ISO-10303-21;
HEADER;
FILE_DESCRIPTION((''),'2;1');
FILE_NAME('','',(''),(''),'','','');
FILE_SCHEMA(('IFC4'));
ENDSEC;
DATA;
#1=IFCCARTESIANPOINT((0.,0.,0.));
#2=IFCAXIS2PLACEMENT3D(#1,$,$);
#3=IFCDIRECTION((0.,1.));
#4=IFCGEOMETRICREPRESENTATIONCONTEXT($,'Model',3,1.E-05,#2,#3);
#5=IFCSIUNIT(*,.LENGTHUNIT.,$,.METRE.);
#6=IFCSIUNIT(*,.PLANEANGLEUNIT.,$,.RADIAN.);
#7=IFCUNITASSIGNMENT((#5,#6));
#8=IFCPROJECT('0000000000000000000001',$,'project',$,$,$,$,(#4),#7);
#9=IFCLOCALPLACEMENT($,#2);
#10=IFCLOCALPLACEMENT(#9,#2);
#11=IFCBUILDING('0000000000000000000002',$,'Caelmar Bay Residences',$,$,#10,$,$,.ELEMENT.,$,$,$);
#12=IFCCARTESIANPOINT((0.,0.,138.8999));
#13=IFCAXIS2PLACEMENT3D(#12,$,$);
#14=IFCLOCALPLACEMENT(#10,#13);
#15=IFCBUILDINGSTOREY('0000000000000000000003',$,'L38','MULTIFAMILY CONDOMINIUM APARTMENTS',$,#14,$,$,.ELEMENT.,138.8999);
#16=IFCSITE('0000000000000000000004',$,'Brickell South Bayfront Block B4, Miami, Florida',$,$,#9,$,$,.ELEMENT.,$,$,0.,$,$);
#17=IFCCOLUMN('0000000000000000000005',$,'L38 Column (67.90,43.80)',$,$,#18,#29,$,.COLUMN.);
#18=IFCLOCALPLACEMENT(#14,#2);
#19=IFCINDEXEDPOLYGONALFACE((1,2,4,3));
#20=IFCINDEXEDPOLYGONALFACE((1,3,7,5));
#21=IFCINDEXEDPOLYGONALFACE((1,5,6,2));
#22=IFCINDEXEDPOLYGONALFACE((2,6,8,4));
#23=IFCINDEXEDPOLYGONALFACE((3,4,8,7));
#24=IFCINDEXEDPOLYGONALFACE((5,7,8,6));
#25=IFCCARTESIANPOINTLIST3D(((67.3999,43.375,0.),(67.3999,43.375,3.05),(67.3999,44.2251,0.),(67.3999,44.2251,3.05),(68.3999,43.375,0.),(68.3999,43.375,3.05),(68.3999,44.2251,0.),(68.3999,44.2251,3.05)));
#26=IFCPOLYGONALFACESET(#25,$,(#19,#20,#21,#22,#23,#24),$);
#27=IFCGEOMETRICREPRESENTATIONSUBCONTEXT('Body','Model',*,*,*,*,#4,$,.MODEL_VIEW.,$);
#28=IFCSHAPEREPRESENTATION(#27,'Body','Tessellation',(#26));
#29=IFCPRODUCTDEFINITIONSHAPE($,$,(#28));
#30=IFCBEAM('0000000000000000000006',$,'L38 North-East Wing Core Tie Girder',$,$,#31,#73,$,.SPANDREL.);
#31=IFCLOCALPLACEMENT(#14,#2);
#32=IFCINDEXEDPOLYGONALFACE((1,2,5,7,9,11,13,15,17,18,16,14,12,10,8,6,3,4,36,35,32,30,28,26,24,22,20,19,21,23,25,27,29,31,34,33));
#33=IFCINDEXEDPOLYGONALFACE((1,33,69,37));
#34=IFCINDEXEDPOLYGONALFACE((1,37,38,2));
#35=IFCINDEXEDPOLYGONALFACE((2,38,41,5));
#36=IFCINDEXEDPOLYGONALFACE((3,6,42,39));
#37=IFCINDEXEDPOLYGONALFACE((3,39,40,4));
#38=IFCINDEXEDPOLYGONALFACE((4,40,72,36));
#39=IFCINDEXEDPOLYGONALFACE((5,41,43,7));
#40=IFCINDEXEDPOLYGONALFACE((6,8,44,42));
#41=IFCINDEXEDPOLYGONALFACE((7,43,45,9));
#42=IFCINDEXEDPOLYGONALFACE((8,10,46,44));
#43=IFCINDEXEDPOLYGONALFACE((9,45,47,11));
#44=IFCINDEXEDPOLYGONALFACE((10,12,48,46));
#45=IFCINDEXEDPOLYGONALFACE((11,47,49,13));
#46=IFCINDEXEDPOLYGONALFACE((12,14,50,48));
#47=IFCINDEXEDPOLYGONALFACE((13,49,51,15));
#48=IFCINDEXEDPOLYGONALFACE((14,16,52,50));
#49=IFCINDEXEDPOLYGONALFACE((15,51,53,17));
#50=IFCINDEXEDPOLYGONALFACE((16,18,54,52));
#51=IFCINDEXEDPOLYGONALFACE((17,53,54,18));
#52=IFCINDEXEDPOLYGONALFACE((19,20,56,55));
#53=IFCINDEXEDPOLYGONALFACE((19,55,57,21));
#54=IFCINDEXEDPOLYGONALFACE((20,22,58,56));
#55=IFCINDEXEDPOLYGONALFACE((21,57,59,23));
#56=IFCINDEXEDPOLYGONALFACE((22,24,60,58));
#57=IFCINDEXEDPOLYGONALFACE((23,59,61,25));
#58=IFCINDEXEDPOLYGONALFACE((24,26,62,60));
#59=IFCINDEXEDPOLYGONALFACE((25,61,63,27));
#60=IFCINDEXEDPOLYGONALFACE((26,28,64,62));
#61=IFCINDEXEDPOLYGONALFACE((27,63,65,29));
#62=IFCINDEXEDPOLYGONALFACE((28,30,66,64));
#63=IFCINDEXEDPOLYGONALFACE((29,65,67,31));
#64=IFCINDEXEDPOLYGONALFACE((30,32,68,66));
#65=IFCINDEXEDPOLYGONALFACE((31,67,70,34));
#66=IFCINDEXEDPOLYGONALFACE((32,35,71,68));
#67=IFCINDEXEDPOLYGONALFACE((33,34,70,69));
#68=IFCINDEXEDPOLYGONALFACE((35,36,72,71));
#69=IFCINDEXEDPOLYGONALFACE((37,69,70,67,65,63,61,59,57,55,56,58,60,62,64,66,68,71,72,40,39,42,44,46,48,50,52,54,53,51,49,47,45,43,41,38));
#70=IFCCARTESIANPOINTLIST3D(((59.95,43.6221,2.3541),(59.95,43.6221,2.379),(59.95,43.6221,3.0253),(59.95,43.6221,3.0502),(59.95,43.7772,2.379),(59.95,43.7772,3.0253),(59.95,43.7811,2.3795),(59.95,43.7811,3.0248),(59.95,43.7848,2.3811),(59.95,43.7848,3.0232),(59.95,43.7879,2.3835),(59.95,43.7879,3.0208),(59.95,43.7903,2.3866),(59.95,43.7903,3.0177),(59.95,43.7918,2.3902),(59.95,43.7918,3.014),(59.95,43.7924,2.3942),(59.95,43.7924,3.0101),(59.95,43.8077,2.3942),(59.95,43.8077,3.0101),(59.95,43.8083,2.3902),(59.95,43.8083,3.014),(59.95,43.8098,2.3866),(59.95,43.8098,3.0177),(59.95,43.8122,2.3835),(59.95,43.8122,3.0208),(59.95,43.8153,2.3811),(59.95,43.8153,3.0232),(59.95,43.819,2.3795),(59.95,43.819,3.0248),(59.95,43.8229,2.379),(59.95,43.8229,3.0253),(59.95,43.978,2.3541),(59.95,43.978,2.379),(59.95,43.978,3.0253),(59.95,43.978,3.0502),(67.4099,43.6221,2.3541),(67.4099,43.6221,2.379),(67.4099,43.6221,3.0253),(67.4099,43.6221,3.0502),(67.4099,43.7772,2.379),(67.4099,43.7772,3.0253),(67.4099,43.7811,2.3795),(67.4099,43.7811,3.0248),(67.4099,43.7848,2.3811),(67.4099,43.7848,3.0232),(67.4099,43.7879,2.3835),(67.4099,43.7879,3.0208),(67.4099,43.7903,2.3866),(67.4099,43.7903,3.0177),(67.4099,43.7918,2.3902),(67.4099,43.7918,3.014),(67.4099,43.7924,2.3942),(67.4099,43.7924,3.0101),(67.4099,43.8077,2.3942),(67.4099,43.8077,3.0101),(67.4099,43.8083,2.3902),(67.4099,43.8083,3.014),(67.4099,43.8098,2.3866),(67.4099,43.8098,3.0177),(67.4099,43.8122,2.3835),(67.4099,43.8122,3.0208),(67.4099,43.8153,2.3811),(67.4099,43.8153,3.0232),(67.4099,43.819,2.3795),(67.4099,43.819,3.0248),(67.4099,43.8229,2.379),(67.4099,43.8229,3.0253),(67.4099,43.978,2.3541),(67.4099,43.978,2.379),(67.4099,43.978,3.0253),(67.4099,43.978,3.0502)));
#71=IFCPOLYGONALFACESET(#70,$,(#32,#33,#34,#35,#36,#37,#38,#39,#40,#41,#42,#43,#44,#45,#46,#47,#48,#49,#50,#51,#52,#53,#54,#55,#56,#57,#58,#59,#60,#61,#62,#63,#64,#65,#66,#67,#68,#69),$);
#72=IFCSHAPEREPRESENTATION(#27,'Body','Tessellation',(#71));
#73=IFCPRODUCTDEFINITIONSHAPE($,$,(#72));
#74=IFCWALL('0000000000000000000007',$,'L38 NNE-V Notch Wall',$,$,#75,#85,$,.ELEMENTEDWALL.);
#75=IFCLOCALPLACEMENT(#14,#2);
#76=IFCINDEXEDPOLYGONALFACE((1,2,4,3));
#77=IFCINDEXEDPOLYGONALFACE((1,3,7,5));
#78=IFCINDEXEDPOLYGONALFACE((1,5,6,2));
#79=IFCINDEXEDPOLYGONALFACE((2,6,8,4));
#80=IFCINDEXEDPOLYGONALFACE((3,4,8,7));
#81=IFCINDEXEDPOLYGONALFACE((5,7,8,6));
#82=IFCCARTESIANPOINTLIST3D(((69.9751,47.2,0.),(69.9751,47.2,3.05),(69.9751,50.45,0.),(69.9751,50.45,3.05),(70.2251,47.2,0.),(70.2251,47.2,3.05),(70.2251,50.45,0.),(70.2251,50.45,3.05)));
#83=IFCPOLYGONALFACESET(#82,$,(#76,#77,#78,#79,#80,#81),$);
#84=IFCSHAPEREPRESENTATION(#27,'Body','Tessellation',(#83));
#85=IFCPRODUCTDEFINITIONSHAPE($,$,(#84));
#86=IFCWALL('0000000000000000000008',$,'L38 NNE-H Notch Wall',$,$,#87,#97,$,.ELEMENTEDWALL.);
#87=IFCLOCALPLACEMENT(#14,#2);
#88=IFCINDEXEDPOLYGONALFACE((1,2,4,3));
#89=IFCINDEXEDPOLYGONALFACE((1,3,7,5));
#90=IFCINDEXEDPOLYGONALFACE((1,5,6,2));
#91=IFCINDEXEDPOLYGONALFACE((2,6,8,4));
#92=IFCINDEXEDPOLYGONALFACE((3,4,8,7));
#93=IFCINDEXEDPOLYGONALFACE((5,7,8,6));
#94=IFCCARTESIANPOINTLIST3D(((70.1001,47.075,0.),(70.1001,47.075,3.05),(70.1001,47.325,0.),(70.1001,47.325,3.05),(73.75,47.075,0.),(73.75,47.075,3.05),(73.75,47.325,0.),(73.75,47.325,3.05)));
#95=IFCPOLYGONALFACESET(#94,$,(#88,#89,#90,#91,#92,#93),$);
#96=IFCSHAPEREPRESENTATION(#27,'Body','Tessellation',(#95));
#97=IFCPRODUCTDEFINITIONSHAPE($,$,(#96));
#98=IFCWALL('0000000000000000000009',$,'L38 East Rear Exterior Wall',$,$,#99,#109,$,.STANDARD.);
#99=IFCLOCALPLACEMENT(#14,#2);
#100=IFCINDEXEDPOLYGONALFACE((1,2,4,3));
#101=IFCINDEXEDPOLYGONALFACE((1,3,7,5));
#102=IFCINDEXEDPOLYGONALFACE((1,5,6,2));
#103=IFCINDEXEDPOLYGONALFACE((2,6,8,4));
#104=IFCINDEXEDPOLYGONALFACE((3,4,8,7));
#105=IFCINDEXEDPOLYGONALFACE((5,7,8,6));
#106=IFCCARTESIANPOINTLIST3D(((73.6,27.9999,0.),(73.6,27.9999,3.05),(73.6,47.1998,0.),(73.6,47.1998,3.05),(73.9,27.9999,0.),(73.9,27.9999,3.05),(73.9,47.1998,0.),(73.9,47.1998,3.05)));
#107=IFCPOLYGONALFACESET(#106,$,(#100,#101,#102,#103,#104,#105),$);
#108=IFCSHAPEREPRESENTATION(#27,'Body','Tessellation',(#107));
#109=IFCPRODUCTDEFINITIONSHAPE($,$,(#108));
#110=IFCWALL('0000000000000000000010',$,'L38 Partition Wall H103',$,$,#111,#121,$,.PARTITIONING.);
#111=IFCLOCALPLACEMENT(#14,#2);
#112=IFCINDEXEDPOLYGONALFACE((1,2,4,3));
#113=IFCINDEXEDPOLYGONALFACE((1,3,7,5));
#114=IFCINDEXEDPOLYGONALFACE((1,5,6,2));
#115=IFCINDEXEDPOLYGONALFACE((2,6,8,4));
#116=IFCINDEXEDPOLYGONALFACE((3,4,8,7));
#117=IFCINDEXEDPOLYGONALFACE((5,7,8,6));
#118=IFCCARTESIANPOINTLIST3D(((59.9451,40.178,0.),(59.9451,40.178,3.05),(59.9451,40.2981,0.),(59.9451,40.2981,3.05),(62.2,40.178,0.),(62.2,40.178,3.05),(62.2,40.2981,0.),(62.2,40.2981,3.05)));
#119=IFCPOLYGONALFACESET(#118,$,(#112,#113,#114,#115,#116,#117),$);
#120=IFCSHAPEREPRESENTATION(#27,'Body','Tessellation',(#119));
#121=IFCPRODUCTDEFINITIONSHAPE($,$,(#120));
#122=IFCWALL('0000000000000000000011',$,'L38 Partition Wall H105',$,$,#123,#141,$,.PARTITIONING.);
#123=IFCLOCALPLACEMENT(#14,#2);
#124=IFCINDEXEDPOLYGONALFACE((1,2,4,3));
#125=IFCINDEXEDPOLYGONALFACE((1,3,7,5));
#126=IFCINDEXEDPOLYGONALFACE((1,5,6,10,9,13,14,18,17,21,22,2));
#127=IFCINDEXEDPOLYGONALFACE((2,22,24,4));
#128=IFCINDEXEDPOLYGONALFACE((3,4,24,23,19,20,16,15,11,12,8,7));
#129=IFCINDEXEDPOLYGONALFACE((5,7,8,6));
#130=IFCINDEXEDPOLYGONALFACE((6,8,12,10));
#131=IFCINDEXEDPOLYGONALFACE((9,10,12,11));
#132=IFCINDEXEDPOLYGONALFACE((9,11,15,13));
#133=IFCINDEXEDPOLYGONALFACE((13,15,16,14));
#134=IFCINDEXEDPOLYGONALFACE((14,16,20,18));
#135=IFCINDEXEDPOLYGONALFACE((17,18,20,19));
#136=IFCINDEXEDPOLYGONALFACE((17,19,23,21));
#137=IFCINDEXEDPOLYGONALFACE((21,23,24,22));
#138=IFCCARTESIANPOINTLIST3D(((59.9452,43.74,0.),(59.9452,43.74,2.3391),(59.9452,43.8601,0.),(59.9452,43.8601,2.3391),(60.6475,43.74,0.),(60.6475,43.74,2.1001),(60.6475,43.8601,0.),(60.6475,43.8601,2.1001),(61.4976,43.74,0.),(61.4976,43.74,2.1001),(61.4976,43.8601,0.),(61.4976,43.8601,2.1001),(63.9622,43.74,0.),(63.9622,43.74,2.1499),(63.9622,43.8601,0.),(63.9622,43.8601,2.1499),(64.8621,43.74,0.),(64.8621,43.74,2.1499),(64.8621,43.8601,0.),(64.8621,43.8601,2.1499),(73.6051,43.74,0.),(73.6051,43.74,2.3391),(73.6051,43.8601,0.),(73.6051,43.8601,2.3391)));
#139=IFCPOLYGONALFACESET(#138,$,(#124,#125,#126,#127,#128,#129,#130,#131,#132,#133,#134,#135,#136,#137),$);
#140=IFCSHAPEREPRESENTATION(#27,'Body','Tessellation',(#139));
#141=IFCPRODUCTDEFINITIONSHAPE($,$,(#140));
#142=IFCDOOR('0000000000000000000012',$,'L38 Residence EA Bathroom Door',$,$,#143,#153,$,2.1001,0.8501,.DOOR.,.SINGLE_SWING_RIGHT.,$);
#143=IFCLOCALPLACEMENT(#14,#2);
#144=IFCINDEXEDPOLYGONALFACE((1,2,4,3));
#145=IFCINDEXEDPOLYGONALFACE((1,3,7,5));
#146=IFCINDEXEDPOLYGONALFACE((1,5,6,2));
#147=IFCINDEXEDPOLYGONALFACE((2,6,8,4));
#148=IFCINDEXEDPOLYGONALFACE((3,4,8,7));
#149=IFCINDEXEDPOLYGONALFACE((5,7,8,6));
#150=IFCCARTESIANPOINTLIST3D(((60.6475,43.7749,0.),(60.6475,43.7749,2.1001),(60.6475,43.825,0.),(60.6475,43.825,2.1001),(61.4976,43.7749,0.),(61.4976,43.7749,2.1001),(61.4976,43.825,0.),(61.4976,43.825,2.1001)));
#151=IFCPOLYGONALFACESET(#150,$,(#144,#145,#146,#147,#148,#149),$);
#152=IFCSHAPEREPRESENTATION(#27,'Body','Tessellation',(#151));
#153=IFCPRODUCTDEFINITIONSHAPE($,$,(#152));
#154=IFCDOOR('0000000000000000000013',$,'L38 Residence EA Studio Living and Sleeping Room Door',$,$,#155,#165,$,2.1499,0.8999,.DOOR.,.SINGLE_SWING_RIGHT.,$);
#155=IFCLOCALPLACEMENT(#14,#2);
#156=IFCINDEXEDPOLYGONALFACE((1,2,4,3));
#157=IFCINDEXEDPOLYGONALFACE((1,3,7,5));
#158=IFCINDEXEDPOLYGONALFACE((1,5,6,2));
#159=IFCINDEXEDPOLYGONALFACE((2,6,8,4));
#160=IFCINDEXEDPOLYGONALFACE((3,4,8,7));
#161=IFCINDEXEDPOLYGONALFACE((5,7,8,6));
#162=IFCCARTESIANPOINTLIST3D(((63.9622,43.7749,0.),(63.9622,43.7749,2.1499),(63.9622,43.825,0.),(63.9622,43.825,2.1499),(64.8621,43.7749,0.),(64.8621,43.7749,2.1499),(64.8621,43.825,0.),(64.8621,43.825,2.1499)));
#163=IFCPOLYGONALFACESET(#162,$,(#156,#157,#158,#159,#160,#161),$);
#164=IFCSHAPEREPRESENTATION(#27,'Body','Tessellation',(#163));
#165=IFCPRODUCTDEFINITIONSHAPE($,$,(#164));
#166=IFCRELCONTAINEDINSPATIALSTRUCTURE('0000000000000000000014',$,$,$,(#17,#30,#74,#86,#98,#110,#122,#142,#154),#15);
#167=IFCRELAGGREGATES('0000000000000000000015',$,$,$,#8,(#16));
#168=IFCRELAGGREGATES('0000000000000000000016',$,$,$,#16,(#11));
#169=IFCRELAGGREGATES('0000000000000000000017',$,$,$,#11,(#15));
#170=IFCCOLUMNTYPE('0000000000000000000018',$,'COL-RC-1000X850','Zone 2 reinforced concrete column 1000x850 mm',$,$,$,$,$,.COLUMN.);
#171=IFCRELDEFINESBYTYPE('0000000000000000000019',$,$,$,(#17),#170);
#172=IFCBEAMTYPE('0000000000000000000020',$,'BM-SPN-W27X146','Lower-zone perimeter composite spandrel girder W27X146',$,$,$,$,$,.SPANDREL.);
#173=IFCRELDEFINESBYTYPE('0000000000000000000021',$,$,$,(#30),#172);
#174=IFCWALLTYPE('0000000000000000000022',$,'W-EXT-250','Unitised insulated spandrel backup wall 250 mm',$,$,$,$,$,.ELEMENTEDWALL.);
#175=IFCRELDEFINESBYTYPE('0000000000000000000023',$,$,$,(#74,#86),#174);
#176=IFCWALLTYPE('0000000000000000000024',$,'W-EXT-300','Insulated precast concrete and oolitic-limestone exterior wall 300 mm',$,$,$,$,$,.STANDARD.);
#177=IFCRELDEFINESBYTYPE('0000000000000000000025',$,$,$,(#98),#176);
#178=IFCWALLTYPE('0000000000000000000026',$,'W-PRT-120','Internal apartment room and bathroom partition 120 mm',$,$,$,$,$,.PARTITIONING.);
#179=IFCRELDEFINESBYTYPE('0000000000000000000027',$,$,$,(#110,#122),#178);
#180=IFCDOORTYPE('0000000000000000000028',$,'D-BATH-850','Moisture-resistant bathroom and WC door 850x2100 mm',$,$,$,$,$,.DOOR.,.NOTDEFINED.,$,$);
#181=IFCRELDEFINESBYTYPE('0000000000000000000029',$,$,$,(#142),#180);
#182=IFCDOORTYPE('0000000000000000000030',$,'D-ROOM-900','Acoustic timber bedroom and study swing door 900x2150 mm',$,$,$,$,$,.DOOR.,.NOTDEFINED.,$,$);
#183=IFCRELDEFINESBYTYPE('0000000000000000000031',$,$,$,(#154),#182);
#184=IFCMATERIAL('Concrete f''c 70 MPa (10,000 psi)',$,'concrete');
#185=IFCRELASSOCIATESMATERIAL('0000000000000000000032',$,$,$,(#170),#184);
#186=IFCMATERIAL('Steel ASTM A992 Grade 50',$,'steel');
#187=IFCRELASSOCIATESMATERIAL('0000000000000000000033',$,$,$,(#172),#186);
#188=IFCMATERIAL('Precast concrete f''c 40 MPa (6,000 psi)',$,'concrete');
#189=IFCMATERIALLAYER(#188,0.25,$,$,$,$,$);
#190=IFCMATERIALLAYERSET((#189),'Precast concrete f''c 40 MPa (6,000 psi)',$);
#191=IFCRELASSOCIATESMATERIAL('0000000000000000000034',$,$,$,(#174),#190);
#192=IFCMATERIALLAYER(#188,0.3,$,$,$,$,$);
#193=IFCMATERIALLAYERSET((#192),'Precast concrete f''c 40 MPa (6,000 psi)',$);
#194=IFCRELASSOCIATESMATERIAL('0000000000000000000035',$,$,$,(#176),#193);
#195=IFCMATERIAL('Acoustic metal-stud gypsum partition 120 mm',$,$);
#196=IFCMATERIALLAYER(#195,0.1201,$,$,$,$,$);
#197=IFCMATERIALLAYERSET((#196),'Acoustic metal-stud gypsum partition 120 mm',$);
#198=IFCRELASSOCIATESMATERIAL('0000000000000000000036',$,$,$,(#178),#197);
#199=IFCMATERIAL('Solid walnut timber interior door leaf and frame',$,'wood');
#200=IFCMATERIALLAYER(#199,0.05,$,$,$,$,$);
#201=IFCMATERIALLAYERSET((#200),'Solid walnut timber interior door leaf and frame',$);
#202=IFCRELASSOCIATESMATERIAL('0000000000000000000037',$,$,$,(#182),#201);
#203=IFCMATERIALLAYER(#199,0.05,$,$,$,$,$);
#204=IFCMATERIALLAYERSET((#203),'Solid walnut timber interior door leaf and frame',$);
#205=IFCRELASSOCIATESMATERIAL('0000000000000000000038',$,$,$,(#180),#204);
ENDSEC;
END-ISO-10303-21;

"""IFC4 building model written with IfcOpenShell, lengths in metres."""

from ifc_helpers import new_model, si_unit, direction, frame, frame_2d, origin, origin_2d, place, context, subcontext, project, spatial, rectangle, i_section, extrude, material, layer, layer_set, material_profile, profile_set, type_object, element, fill, save


model = new_model("IFC4")

# Units and contexts
model_context = context("Model", 3, precision=1e-05, world=origin(), true_north=direction((0.0, 1.0)))
body_context = subcontext(model_context, "Body", "Model", "MODEL_VIEW")
ifc_project = project(units=[si_unit("LENGTHUNIT", "METRE"), si_unit("PLANEANGLEUNIT", "RADIAN")], contexts=[model_context])

# Site, building, storey
site_placement = place(None, origin())
site = spatial("IfcSite", under=ifc_project, at=site_placement, Name="Brickell South Bayfront Block B4, Miami, Florida", CompositionType="ELEMENT", RefElevation=0.0)
building_placement = place(site_placement, origin())
building = spatial("IfcBuilding", under=site, at=building_placement, Name="Caelmar Bay Residences", CompositionType="ELEMENT")
storey_placement = place(building_placement, frame((0.0, 0.0, 138.8999)))
storey = spatial("IfcBuildingStorey", under=building, at=storey_placement, Name="L38", Description="MULTIFAMILY CONDOMINIUM APARTMENTS", CompositionType="ELEMENT", Elevation=138.8999)

# Column
ifc_material_1 = material(Name="Concrete f'c 70 MPa (10,000 psi)", Category="concrete")
ifc_material_profile_1 = material_profile(ifc_material_1, rectangle(XDim=1.0, YDim=0.8501, at=origin_2d()), Name="RC-COL-1000X850")
ifc_profile_set_1 = profile_set([ifc_material_profile_1], Name="Concrete f'c 70 MPa (10,000 psi)")
column_type = type_object("IfcColumnType", Name="COL-RC-1000X850", Description="Zone 2 reinforced concrete column 1000x850 mm", PredefinedType="COLUMN", material=ifc_profile_set_1)
column_placement = place(storey_placement, frame((67.8999, 43.8, 0.0), z_axis=(0.0, 0.0, 1.0), x_axis=(1.0, 0.0, 0.0)))
element("IfcColumn", 1, at=column_placement, inside=storey, type_object=column_type, Name="L38 Column (67.90,43.80)", PredefinedType="COLUMN", context=body_context, shape_type="SweptSolid", body=[
    extrude(rectangle(XDim=1.0, YDim=0.8501, at=origin_2d()), origin(), (0.0, 0.0, 1.0), 3.05),
])

# Beam
ifc_material_2 = material(Name="Steel ASTM A992 Grade 50", Category="steel")
ifc_material_profile_2 = material_profile(ifc_material_2, i_section(OverallWidth=0.356, OverallDepth=0.696, WebThickness=0.0154, FlangeThickness=0.0249, FilletRadius=0.0151, at=origin_2d()), Name="W27X146")
ifc_profile_set_2 = profile_set([ifc_material_profile_2], Name="Steel ASTM A992 Grade 50")
beam_type = type_object("IfcBeamType", Name="BM-SPN-W27X146", Description="Lower-zone perimeter composite spandrel girder W27X146", PredefinedType="SPANDREL", material=ifc_profile_set_2)
beam_placement = place(storey_placement, frame((59.95, 43.8, 2.7021), z_axis=(1.0, 0.0, 0.0), x_axis=(0.0, 1.0, 0.0)))
element("IfcBeam", 2, at=beam_placement, inside=storey, type_object=beam_type, Name="L38 North-East Wing Core Tie Girder", PredefinedType="SPANDREL", context=body_context, shape_type="SweptSolid", body=[
    extrude(i_section(OverallWidth=0.356, OverallDepth=0.696, WebThickness=0.0154, FlangeThickness=0.0249, FilletRadius=0.0151, at=origin_2d()), origin(), (0.0, 0.0, 1.0), 7.46),
])

# Walls
ifc_material_3 = material(Name="Precast concrete f'c 40 MPa (6,000 psi)", Category="concrete")
ifc_layer_1 = layer(ifc_material_3, 0.25)
ifc_layer_set_1 = layer_set([ifc_layer_1], Name="Precast concrete f'c 40 MPa (6,000 psi)")
wall_type_1 = type_object("IfcWallType", Name="W-EXT-250", Description="Unitised insulated spandrel backup wall 250 mm", PredefinedType="ELEMENTEDWALL", material=ifc_layer_set_1)
wall_1_placement = place(storey_placement, frame((70.1001, 50.45, 0.0), z_axis=(0.0, 0.0, 1.0), x_axis=(0.0, -1.0, 0.0)))
element("IfcWall", 3, at=wall_1_placement, inside=storey, type_object=wall_type_1, Name="L38 NNE-V Notch Wall", PredefinedType="ELEMENTEDWALL", context=body_context, shape_type="SweptSolid", body=[
    extrude(rectangle(XDim=3.25, YDim=0.25, at=frame_2d((1.625, 0.0))), origin(), (0.0, 0.0, 1.0), 3.05),
])
wall_2_placement = place(storey_placement, frame((70.1001, 47.2, 0.0), z_axis=(0.0, 0.0, 1.0), x_axis=(1.0, 0.0, 0.0)))
element("IfcWall", 4, at=wall_2_placement, inside=storey, type_object=wall_type_1, Name="L38 NNE-H Notch Wall", PredefinedType="ELEMENTEDWALL", context=body_context, shape_type="SweptSolid", body=[
    extrude(rectangle(XDim=3.6499, YDim=0.25, at=frame_2d((1.825, 0.0))), origin(), (0.0, 0.0, 1.0), 3.05),
])
ifc_layer_2 = layer(ifc_material_3, 0.3)
ifc_layer_set_2 = layer_set([ifc_layer_2], Name="Precast concrete f'c 40 MPa (6,000 psi)")
wall_type_2 = type_object("IfcWallType", Name="W-EXT-300", Description="Insulated precast concrete and oolitic-limestone exterior wall 300 mm", PredefinedType="STANDARD", material=ifc_layer_set_2)
wall_3_placement = place(storey_placement, frame((73.75, 47.2, 0.0), z_axis=(0.0, 0.0, 1.0), x_axis=(0.0, -1.0, 0.0)))
element("IfcWall", 5, at=wall_3_placement, inside=storey, type_object=wall_type_2, Name="L38 East Rear Exterior Wall", PredefinedType="STANDARD", context=body_context, shape_type="SweptSolid", body=[
    extrude(rectangle(XDim=19.2, YDim=0.3, at=frame_2d((9.6001, 0.0))), origin(), (0.0, 0.0, 1.0), 3.05),
])

# Shared definitions
ifc_material_4 = material(Name="Acoustic metal-stud gypsum partition 120 mm")
ifc_layer_3 = layer(ifc_material_4, 0.1201)
ifc_layer_set_3 = layer_set([ifc_layer_3], Name="Acoustic metal-stud gypsum partition 120 mm")
wall_type_3 = type_object("IfcWallType", Name="W-PRT-120", Description="Internal apartment room and bathroom partition 120 mm", PredefinedType="PARTITIONING", material=ifc_layer_set_3)
ifc_material_5 = material(Name="Solid walnut timber interior door leaf and frame", Category="wood")
ifc_layer_4 = layer(ifc_material_5, 0.05)
ifc_layer_set_4 = layer_set([ifc_layer_4], Name="Solid walnut timber interior door leaf and frame")
door_type_1 = type_object("IfcDoorType", Name="D-ROOM-900", Description="Acoustic timber bedroom and study swing door 900x2150 mm", OperationType="NOTDEFINED", PredefinedType="DOOR", material=ifc_layer_set_4)

# Wall
wall_4_placement = place(storey_placement, frame((59.9451, 40.238, 0.0), z_axis=(0.0, 0.0, 1.0), x_axis=(1.0, 0.0, 0.0)))
element("IfcWall", 6, at=wall_4_placement, inside=storey, type_object=wall_type_3, Name="L38 Partition Wall H103", PredefinedType="PARTITIONING", context=body_context, shape_type="SweptSolid", body=[
    extrude(rectangle(XDim=2.2549, YDim=0.1201, at=frame_2d((1.1274, 0.0))), origin(), (0.0, 0.0, 1.0), 3.05),
])

# Wall, openings, doors
wall_5_placement = place(storey_placement, frame((59.9451, 43.8, 0.0), z_axis=(0.0, 0.0, 1.0), x_axis=(1.0, 0.0, 0.0)))
wall_5 = element("IfcWall", 7, at=wall_5_placement, inside=storey, type_object=wall_type_3, Name="L38 Partition Wall H105", PredefinedType="PARTITIONING", context=body_context, shape_type="SweptSolid", body=[
    extrude(rectangle(XDim=13.6599, YDim=0.1201, at=frame_2d((6.8301, 0.0))), origin(), (0.0, 0.0, 1.0), 2.3391),
])
opening_1_placement = place(wall_5_placement, frame((4.0171, 0.0, 0.0)))
opening_1 = element("IfcOpeningElement", 8, at=opening_1_placement, cuts=wall_5, PredefinedType="OPENING", context=body_context, shape_type="SweptSolid", body=[
    extrude(rectangle(XDim=0.8999, YDim=2.1499, at=frame_2d((0.45, 1.075))), frame((0.0, 0.0701, 0.0), z_axis=(0.0, -1.0, 0.0), x_axis=(1.0, 0.0, 0.0)), (0.0, 0.0, 1.0), 0.1401),
])
opening_2_placement = place(wall_5_placement, frame((0.7024, 0.0, 0.0)))
opening_2 = element("IfcOpeningElement", 9, at=opening_2_placement, cuts=wall_5, PredefinedType="OPENING", context=body_context, shape_type="SweptSolid", body=[
    extrude(rectangle(XDim=0.8501, YDim=2.1001, at=frame_2d((0.425, 1.05))), frame((0.0, 0.0701, 0.0), z_axis=(0.0, -1.0, 0.0), x_axis=(1.0, 0.0, 0.0)), (0.0, 0.0, 1.0), 0.1401),
])
ifc_layer_5 = layer(ifc_material_5, 0.05)
ifc_layer_set_5 = layer_set([ifc_layer_5], Name="Solid walnut timber interior door leaf and frame")
door_type_2 = type_object("IfcDoorType", Name="D-BATH-850", Description="Moisture-resistant bathroom and WC door 850x2100 mm", OperationType="NOTDEFINED", PredefinedType="DOOR", material=ifc_layer_set_5)
door_1_placement = place(opening_2_placement, origin())
door_1 = element("IfcDoor", 10, at=door_1_placement, inside=storey, type_object=door_type_2, Name="L38 Residence EA Bathroom Door", OperationType="SINGLE_SWING_RIGHT", OverallHeight=2.1001, OverallWidth=0.8501, PredefinedType="DOOR", context=body_context, shape_type="SweptSolid", body=[
    extrude(rectangle(XDim=0.8501, YDim=2.1001, at=frame_2d((0.425, 1.05))), frame((0.0, 0.0249, 0.0), z_axis=(0.0, -1.0, 0.0), x_axis=(1.0, 0.0, 0.0)), (0.0, 0.0, 1.0), 0.05),
])
fill(opening_2, door_1)
door_2_placement = place(opening_1_placement, origin())
door_2 = element("IfcDoor", 11, at=door_2_placement, inside=storey, type_object=door_type_1, Name="L38 Residence EA Studio Living and Sleeping Room Door", OperationType="SINGLE_SWING_RIGHT", OverallHeight=2.1499, OverallWidth=0.8999, PredefinedType="DOOR", context=body_context, shape_type="SweptSolid", body=[
    extrude(rectangle(XDim=0.8999, YDim=2.1499, at=frame_2d((0.45, 1.075))), frame((0.0, 0.0249, 0.0), z_axis=(0.0, -1.0, 0.0), x_axis=(1.0, 0.0, 0.0)), (0.0, 0.0, 1.0), 0.05),
])
fill(opening_1, door_2)

save(model, "model.ifc")
